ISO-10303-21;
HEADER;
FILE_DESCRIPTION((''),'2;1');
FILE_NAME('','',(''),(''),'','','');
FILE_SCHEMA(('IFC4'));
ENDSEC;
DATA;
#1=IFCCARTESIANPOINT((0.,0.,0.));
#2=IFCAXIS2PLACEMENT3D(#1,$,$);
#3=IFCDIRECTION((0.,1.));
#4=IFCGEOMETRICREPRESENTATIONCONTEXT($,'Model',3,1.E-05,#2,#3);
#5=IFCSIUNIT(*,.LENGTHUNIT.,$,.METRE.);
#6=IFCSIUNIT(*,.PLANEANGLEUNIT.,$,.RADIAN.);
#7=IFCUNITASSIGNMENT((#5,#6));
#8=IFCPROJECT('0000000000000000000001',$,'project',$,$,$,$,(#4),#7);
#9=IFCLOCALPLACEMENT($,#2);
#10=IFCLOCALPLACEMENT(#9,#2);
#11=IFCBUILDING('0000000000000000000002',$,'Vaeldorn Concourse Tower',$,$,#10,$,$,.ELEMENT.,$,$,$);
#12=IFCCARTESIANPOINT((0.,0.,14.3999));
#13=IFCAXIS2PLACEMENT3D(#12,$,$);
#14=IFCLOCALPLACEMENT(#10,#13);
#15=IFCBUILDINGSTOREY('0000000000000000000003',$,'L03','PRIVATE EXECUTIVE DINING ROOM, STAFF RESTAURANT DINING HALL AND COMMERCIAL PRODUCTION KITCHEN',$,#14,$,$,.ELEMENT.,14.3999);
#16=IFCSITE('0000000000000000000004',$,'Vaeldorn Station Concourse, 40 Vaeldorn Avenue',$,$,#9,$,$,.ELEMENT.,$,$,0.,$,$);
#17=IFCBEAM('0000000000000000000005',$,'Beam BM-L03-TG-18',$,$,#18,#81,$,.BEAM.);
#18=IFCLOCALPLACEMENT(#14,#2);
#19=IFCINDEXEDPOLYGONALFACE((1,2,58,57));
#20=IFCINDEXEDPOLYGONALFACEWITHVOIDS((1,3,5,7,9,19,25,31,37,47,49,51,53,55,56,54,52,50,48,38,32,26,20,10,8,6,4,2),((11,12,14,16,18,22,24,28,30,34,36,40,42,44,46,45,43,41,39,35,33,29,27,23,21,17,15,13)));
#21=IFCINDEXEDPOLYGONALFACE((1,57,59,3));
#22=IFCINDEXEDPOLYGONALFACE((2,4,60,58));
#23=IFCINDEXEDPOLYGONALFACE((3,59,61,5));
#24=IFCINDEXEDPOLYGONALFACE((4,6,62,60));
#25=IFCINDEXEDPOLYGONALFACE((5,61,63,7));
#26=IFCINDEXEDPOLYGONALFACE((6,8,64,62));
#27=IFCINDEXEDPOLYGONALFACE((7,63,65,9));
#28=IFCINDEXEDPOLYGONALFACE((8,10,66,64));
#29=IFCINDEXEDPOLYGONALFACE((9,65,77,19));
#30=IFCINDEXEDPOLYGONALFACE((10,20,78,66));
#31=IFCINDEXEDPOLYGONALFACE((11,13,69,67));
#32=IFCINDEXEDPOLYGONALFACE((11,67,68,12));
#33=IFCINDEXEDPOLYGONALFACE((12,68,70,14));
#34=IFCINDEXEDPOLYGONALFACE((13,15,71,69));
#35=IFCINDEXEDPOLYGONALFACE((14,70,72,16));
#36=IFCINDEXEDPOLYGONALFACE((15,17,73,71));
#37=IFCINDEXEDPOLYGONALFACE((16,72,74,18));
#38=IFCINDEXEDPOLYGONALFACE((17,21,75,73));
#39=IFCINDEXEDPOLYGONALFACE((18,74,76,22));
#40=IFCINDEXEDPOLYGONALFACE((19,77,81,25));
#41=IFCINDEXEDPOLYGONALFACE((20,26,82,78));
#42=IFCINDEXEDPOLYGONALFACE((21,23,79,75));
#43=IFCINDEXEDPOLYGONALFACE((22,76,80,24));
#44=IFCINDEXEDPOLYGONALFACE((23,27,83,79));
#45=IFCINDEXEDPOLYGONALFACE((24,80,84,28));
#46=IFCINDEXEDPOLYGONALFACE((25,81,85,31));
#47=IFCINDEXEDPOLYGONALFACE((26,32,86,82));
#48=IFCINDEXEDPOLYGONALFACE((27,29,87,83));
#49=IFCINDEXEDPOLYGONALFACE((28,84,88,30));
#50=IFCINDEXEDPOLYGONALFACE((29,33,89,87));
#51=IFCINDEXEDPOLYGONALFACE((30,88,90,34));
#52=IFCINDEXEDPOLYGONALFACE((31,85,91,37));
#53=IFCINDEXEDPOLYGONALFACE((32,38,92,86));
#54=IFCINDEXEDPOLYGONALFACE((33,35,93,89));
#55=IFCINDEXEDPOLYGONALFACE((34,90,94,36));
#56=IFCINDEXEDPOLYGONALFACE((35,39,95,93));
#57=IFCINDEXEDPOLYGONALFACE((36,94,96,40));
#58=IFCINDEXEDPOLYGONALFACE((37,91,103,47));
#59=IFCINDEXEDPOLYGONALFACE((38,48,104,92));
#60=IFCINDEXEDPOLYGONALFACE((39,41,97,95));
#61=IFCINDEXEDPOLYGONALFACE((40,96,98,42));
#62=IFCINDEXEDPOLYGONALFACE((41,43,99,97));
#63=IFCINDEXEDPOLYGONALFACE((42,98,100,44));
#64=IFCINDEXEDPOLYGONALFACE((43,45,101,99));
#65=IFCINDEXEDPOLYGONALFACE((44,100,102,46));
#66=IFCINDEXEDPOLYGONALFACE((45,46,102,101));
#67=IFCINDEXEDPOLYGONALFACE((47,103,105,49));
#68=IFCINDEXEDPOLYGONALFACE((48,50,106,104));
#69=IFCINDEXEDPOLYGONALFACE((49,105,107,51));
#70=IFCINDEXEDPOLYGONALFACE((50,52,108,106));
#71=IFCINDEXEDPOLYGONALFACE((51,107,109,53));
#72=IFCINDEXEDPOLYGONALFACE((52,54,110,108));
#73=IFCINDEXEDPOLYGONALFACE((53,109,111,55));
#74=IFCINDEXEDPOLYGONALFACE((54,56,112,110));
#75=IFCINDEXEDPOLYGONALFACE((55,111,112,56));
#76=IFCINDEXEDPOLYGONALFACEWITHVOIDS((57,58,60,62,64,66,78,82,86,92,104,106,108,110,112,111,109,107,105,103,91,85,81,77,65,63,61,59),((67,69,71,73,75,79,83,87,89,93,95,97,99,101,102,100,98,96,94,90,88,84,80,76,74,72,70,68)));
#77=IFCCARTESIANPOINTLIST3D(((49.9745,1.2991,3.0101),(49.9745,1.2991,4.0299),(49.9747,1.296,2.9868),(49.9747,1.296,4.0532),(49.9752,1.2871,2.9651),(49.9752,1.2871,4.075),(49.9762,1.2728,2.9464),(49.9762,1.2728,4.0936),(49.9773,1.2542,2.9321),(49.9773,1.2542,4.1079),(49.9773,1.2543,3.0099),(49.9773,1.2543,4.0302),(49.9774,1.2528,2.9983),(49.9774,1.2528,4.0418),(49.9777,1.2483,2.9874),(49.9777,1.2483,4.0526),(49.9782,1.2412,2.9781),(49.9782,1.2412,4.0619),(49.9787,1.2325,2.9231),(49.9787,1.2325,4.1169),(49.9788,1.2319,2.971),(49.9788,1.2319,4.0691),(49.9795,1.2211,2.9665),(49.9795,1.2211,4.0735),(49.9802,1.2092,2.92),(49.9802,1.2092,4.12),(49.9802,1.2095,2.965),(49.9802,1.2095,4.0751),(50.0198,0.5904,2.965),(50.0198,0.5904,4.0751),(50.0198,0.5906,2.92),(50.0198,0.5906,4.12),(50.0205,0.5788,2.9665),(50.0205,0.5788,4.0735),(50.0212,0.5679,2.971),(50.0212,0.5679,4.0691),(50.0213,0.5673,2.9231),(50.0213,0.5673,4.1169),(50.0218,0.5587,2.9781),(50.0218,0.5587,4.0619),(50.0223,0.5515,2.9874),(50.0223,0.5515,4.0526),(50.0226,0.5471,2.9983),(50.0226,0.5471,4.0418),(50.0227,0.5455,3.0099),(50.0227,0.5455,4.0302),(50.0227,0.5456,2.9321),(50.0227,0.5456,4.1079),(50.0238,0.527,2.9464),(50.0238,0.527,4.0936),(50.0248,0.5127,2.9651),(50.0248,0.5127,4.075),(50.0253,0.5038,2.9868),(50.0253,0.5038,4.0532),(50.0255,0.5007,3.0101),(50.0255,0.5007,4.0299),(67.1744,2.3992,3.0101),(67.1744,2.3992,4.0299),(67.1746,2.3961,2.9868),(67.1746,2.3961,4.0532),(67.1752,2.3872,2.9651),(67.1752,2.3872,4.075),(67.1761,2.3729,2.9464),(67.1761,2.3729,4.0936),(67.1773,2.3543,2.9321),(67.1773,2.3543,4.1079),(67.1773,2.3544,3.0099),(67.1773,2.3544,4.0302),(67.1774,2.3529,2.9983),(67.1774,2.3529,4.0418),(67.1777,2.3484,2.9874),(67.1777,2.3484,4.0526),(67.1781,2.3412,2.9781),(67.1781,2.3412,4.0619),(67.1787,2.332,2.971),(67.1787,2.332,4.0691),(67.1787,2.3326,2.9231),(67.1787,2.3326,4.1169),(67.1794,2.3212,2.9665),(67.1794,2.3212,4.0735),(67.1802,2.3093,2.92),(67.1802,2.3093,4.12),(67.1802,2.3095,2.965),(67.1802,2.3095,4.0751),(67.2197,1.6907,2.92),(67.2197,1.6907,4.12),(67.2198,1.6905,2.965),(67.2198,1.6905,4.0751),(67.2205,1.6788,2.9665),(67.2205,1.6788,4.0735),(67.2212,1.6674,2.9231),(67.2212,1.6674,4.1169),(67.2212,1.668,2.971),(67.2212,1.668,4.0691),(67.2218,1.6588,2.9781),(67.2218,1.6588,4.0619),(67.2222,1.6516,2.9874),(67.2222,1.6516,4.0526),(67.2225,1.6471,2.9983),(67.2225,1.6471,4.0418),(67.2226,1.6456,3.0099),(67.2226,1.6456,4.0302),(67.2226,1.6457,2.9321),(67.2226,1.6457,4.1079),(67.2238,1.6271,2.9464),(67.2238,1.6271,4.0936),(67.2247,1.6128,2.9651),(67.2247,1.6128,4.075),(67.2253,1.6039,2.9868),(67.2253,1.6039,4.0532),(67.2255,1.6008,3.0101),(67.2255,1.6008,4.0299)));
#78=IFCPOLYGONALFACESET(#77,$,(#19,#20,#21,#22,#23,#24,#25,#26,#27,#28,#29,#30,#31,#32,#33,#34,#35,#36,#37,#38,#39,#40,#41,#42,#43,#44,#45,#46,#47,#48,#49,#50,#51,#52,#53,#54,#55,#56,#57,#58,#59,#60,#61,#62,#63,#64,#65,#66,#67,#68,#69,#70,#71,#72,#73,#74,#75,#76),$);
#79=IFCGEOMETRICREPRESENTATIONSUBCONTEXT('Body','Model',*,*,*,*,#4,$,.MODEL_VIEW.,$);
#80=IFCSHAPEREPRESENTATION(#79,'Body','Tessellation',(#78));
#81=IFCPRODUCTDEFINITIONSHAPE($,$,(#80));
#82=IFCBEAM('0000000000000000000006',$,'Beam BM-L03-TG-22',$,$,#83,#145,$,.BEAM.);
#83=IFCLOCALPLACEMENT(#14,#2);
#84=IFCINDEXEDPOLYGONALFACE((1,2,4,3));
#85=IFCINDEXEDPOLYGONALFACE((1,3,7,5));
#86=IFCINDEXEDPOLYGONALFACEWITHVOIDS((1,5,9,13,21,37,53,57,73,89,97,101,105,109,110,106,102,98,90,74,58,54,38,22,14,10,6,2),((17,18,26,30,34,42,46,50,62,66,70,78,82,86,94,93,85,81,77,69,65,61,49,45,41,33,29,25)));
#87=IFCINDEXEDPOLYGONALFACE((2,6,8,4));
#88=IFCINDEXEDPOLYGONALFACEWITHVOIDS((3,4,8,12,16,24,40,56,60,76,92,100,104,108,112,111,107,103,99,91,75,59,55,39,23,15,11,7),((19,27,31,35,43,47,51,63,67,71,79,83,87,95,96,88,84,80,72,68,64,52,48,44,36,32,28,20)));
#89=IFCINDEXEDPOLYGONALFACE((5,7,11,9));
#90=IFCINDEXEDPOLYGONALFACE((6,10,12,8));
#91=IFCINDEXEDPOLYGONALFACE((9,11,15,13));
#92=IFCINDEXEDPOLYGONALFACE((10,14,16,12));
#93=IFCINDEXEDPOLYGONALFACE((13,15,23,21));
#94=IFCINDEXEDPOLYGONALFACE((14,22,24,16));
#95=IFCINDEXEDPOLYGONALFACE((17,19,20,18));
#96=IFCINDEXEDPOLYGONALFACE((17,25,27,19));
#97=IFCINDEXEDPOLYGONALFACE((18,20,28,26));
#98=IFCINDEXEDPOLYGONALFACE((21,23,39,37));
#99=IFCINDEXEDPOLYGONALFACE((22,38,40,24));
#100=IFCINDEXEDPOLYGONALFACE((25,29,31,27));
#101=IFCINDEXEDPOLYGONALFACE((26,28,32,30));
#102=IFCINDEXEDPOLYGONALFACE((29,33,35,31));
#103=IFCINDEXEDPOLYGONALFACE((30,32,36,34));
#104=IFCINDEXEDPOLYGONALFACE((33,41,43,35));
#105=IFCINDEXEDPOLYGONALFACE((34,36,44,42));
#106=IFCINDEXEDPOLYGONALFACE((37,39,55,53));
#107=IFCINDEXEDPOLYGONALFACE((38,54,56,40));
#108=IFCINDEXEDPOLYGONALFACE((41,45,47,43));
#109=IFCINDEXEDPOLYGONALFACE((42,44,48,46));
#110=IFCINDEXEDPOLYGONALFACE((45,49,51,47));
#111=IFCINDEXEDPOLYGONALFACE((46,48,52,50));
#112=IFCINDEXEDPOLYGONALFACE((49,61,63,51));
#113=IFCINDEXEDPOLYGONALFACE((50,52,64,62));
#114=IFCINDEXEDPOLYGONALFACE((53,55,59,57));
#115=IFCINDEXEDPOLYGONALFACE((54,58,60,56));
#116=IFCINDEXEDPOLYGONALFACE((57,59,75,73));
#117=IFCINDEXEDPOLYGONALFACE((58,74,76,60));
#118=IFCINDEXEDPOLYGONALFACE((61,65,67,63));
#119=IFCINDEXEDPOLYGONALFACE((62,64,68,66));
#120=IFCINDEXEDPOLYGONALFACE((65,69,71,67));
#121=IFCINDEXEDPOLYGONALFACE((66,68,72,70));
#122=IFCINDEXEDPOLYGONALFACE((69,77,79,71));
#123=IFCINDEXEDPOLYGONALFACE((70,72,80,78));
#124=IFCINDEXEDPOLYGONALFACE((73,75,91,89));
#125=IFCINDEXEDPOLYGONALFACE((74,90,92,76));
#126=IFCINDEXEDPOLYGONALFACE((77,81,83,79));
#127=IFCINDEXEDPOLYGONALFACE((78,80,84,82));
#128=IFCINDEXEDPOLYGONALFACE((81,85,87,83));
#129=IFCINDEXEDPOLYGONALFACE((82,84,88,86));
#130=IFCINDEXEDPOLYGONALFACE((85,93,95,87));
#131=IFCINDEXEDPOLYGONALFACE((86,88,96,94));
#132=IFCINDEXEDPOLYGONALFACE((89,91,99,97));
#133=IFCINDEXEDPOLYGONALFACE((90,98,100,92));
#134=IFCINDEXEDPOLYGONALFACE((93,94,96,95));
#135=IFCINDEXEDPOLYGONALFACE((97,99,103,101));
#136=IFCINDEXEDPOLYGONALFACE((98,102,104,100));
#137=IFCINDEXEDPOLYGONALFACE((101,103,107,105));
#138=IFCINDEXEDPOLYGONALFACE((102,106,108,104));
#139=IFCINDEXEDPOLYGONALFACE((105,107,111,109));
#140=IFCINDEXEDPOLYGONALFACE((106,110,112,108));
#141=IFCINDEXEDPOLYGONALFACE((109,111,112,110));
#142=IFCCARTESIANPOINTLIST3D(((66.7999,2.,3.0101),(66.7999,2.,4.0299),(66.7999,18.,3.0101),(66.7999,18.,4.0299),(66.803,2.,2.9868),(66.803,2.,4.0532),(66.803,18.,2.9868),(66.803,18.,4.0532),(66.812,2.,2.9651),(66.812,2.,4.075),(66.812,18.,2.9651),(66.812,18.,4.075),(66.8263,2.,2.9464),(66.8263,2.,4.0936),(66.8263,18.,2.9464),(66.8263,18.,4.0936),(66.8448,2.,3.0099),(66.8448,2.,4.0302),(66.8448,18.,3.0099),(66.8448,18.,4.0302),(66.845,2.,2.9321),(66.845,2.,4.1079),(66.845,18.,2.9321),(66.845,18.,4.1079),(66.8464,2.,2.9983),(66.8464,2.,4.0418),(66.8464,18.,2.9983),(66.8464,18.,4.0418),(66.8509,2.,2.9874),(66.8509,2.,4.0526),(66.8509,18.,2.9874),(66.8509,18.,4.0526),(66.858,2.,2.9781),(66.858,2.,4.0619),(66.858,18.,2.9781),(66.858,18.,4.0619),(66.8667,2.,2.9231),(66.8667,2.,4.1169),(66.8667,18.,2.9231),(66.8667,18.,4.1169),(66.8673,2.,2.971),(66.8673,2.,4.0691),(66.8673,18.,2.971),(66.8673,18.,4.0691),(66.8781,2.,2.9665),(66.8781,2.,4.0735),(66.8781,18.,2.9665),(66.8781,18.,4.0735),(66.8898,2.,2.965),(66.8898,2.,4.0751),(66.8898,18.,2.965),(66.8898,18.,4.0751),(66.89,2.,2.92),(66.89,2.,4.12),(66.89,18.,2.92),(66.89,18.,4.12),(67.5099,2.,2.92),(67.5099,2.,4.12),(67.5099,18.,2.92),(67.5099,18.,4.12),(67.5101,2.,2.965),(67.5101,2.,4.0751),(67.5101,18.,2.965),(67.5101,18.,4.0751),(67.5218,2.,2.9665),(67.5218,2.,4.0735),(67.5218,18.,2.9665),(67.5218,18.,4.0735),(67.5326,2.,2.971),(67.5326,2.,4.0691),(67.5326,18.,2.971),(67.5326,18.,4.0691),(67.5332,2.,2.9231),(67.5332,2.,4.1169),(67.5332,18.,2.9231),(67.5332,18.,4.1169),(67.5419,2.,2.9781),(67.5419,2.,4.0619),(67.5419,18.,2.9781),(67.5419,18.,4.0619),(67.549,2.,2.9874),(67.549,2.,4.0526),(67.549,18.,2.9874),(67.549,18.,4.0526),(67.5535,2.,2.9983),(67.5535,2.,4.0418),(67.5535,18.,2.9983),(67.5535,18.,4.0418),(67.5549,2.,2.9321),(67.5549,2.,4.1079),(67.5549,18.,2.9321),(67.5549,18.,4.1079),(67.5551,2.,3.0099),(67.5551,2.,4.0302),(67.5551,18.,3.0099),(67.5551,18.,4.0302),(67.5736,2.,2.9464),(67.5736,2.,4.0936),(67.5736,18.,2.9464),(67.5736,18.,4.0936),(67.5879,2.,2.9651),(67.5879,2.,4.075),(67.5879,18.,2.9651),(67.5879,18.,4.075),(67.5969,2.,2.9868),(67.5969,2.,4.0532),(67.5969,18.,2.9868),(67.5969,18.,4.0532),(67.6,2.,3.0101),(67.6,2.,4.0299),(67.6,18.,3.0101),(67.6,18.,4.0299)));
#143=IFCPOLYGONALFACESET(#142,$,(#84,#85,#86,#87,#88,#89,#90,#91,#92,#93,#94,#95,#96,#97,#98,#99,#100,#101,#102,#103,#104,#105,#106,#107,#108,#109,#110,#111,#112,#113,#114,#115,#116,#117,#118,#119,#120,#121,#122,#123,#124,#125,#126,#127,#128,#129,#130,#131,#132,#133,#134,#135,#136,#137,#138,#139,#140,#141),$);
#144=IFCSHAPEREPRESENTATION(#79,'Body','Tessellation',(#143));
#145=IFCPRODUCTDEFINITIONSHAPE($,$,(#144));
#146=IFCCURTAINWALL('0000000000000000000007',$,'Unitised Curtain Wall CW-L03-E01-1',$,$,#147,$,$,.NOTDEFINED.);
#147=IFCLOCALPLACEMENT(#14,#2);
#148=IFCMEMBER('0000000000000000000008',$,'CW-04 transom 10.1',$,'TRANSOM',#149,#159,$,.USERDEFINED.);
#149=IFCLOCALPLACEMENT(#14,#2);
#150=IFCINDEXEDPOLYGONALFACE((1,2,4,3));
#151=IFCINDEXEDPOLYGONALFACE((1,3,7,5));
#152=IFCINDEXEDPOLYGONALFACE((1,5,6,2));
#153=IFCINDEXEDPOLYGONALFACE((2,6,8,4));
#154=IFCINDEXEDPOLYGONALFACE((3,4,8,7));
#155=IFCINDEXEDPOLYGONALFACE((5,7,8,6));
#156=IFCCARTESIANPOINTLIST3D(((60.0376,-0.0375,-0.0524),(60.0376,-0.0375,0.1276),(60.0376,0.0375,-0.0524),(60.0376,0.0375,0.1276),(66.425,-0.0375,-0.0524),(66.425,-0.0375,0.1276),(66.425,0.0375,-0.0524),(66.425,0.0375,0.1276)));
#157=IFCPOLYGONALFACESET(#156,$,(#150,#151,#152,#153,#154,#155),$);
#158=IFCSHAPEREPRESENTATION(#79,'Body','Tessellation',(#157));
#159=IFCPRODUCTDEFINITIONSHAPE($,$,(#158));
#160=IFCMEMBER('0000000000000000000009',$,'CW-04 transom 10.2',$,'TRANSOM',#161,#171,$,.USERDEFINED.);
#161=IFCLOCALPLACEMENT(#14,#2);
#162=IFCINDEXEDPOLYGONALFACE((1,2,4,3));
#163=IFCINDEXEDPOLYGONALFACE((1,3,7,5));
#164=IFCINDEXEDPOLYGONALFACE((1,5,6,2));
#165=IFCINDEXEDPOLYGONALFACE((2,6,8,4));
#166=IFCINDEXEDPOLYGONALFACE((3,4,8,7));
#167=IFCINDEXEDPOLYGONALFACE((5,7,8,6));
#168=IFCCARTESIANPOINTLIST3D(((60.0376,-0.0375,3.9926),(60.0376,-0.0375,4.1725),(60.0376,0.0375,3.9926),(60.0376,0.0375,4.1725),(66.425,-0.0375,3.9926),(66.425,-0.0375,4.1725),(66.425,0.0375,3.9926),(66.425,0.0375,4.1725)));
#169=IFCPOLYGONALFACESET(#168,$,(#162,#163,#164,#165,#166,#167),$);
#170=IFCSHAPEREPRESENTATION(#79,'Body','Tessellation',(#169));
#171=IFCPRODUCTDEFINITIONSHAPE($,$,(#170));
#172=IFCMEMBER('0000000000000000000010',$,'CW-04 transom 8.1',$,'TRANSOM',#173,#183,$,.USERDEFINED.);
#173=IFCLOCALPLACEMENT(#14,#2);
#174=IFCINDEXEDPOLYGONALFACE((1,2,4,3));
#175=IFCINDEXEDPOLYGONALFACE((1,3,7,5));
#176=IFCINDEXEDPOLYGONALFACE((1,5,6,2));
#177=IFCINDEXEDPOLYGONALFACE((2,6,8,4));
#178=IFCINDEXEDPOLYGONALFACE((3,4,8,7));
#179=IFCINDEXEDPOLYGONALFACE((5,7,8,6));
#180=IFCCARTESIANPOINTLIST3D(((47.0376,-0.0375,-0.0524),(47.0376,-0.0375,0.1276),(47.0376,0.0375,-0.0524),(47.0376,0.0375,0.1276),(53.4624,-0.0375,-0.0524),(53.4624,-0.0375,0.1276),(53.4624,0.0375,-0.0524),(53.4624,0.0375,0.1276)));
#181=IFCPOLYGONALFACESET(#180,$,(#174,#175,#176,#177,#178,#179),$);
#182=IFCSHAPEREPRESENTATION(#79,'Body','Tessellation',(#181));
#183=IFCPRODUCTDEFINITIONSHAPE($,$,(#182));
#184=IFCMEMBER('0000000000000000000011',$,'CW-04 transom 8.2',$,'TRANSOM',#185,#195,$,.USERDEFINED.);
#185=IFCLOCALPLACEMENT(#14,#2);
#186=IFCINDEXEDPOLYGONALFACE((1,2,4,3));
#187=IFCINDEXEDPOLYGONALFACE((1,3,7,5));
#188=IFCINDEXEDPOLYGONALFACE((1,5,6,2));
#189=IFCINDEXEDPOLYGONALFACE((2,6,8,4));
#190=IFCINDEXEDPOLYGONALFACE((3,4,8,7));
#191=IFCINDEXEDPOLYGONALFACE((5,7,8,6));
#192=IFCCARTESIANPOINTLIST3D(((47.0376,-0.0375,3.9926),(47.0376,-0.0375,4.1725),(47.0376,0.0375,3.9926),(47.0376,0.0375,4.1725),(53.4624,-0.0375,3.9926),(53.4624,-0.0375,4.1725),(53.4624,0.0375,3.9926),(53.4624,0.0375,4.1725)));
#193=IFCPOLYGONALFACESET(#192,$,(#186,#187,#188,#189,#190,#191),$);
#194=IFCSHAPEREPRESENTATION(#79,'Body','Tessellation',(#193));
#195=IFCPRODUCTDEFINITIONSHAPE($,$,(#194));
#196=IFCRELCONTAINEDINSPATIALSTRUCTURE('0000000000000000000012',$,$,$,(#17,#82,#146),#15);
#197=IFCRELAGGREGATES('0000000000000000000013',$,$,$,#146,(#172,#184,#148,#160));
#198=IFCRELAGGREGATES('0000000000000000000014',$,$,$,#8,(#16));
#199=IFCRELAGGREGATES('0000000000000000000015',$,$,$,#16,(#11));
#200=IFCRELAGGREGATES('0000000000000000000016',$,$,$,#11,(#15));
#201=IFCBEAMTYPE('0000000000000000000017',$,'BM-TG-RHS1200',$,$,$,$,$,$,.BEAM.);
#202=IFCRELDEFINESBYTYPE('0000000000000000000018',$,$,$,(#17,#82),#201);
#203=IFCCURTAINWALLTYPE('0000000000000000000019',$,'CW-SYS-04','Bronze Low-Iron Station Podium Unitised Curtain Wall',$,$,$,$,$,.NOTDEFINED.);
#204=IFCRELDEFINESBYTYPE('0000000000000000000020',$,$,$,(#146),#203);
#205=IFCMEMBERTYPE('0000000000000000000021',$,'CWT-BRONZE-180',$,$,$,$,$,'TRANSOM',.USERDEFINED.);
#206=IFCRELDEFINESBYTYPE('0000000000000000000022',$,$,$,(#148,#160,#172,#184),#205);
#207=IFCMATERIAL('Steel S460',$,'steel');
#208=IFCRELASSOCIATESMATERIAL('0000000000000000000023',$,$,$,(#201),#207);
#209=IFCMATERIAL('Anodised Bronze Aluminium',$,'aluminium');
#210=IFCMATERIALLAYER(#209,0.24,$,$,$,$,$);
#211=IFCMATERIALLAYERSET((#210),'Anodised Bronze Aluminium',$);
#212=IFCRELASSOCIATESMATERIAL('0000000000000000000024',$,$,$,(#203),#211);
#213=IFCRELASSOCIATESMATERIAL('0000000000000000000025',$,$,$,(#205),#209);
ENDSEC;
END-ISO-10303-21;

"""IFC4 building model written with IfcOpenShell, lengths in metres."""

from ifc_helpers import new_model, si_unit, direction, frame, origin, origin_2d, place, context, subcontext, project, spatial, rectangle, hollow_rectangle, extrude, source, transform, mapped, material, layer, layer_set, material_profile, profile_set, type_object, element, aggregate, save


model = new_model("IFC4")

# Units and contexts
model_context = context("Model", 3, precision=1e-05, world=origin(), true_north=direction((0.0, 1.0)))
body_context = subcontext(model_context, "Body", "Model", "MODEL_VIEW")
ifc_project = project(units=[si_unit("LENGTHUNIT", "METRE"), si_unit("PLANEANGLEUNIT", "RADIAN")], contexts=[model_context])

# Site, building, storey
site_placement = place(None, origin())
site = spatial("IfcSite", under=ifc_project, at=site_placement, Name="Vaeldorn Station Concourse, 40 Vaeldorn Avenue", CompositionType="ELEMENT", RefElevation=0.0)
building_placement = place(site_placement, origin())
building = spatial("IfcBuilding", under=site, at=building_placement, Name="Vaeldorn Concourse Tower", CompositionType="ELEMENT")
storey_placement = place(building_placement, frame((0.0, 0.0, 14.3999)))
storey = spatial("IfcBuildingStorey", under=building, at=storey_placement, Name="L03", Description="PRIVATE EXECUTIVE DINING ROOM, STAFF RESTAURANT DINING HALL AND COMMERCIAL PRODUCTION KITCHEN", CompositionType="ELEMENT", Elevation=14.3999)

# Shared definitions
ifc_material_1 = material(Name="Steel S460", Category="steel")

# Beams
ifc_material_profile_1 = material_profile(ifc_material_1, hollow_rectangle(XDim=0.8, YDim=1.2, WallThickness=0.0449, InnerFilletRadius=0.0449, OuterFilletRadius=0.0901, at=origin_2d()), Name="RHS 1200x800x45")
ifc_profile_set_1 = profile_set([ifc_material_profile_1], Name="Steel S460")
beam_type = type_object("IfcBeamType", Name="BM-TG-RHS1200", PredefinedType="BEAM", material=ifc_profile_set_1)
shared_shape_1 = source(origin(), body_context, "Body", "SweptSolid", [
    extrude(hollow_rectangle(XDim=0.8, YDim=1.2, WallThickness=0.0449, InnerFilletRadius=0.0449, OuterFilletRadius=0.0901, at=origin_2d()), origin(), (0.0, 0.0, 1.0), 17.2351),
])
beam_1_placement = place(storey_placement, frame((50.0, 0.8999, 3.52), z_axis=(0.997961, 0.063829, 0.0), x_axis=(-0.063829, 0.997961, 0.0)))
element("IfcBeam", 1, at=beam_1_placement, inside=storey, type_object=beam_type, Name="Beam BM-L03-TG-18", PredefinedType="BEAM", context=body_context, shape_type="MappedRepresentation", body=[
    mapped(shared_shape_1, transform((0.0, 0.0, 0.0), scale=1.0)),
])
shared_shape_2 = source(origin(), body_context, "Body", "SweptSolid", [
    extrude(hollow_rectangle(XDim=0.8, YDim=1.2, WallThickness=0.0449, InnerFilletRadius=0.0449, OuterFilletRadius=0.0901, at=origin_2d()), origin(), (0.0, 0.0, 1.0), 16.0),
])
beam_2_placement = place(storey_placement, frame((67.2, 2.0, 3.52), z_axis=(0.0, 1.0, 0.0), x_axis=(-1.0, 0.0, 0.0)))
element("IfcBeam", 2, at=beam_2_placement, inside=storey, type_object=beam_type, Name="Beam BM-L03-TG-22", PredefinedType="BEAM", context=body_context, shape_type="MappedRepresentation", body=[
    mapped(shared_shape_2, transform((0.0, 0.0, 0.0), scale=1.0)),
])

# Curtain wall, members
ifc_material_2 = material(Name="Anodised Bronze Aluminium", Category="aluminium")
ifc_layer_1 = layer(ifc_material_2, 0.24)
ifc_layer_set_1 = layer_set([ifc_layer_1], Name="Anodised Bronze Aluminium")
curtain_wall_type = type_object("IfcCurtainWallType", Name="CW-SYS-04", Description="Bronze Low-Iron Station Podium Unitised Curtain Wall", PredefinedType="NOTDEFINED", material=ifc_layer_set_1)
curtain_wall_1_placement = place(storey_placement, origin())
curtain_wall_1 = element("IfcCurtainWall", 3, at=curtain_wall_1_placement, inside=storey, type_object=curtain_wall_type, Name="Unitised Curtain Wall CW-L03-E01-1", PredefinedType="NOTDEFINED")
ifc_material_profile_2 = material_profile(ifc_material_2, rectangle(XDim=0.075, YDim=0.1799, at=origin_2d()), Name="CWT 75x180")
ifc_profile_set_2 = profile_set([ifc_material_profile_2], Name="Anodised Bronze Aluminium")
member_type_1 = type_object("IfcMemberType", Name="CWT-BRONZE-180", ElementType="TRANSOM", PredefinedType="USERDEFINED", material=ifc_profile_set_2)
shared_shape_3 = source(origin(), body_context, "Body", "SweptSolid", [
    extrude(rectangle(XDim=0.075, YDim=0.1799, at=origin_2d()), origin(), (0.0, 0.0, 1.0), 6.3875),
])
member_1_placement = place(storey_placement, frame((60.0376, 0.0, 0.0376), z_axis=(1.0, 0.0, 0.0), x_axis=(0.0, 1.0, 0.0)))
member_1 = element("IfcMember", 4, at=member_1_placement, type_object=member_type_1, Name="CW-04 transom 10.1", ObjectType="TRANSOM", PredefinedType="USERDEFINED", context=body_context, shape_type="MappedRepresentation", body=[
    mapped(shared_shape_3, transform((0.0, 0.0, 0.0), scale=1.0)),
])
member_2_placement = place(storey_placement, frame((60.0376, 0.0, 4.0825), z_axis=(1.0, 0.0, 0.0), x_axis=(0.0, 1.0, 0.0)))
member_2 = element("IfcMember", 5, at=member_2_placement, type_object=member_type_1, Name="CW-04 transom 10.2", ObjectType="TRANSOM", PredefinedType="USERDEFINED", context=body_context, shape_type="MappedRepresentation", body=[
    mapped(shared_shape_3, transform((0.0, 0.0, 0.0), scale=1.0)),
])
shared_shape_4 = source(origin(), body_context, "Body", "SweptSolid", [
    extrude(rectangle(XDim=0.075, YDim=0.1799, at=origin_2d()), origin(), (0.0, 0.0, 1.0), 6.4248),
])
member_3_placement = place(storey_placement, frame((47.0376, 0.0, 0.0376), z_axis=(1.0, 0.0, 0.0), x_axis=(0.0, 1.0, 0.0)))
member_3 = element("IfcMember", 6, at=member_3_placement, type_object=member_type_1, Name="CW-04 transom 8.1", ObjectType="TRANSOM", PredefinedType="USERDEFINED", context=body_context, shape_type="MappedRepresentation", body=[
    mapped(shared_shape_4, transform((0.0, 0.0, 0.0), scale=1.0)),
])
member_4_placement = place(storey_placement, frame((47.0376, 0.0, 4.0825), z_axis=(1.0, 0.0, 0.0), x_axis=(0.0, 1.0, 0.0)))
member_4 = element("IfcMember", 7, at=member_4_placement, type_object=member_type_1, Name="CW-04 transom 8.2", ObjectType="TRANSOM", PredefinedType="USERDEFINED", context=body_context, shape_type="MappedRepresentation", body=[
    mapped(shared_shape_4, transform((0.0, 0.0, 0.0), scale=1.0)),
])

aggregate(curtain_wall_1, [member_3, member_4, member_1, member_2])

save(model, "model.ifc")
